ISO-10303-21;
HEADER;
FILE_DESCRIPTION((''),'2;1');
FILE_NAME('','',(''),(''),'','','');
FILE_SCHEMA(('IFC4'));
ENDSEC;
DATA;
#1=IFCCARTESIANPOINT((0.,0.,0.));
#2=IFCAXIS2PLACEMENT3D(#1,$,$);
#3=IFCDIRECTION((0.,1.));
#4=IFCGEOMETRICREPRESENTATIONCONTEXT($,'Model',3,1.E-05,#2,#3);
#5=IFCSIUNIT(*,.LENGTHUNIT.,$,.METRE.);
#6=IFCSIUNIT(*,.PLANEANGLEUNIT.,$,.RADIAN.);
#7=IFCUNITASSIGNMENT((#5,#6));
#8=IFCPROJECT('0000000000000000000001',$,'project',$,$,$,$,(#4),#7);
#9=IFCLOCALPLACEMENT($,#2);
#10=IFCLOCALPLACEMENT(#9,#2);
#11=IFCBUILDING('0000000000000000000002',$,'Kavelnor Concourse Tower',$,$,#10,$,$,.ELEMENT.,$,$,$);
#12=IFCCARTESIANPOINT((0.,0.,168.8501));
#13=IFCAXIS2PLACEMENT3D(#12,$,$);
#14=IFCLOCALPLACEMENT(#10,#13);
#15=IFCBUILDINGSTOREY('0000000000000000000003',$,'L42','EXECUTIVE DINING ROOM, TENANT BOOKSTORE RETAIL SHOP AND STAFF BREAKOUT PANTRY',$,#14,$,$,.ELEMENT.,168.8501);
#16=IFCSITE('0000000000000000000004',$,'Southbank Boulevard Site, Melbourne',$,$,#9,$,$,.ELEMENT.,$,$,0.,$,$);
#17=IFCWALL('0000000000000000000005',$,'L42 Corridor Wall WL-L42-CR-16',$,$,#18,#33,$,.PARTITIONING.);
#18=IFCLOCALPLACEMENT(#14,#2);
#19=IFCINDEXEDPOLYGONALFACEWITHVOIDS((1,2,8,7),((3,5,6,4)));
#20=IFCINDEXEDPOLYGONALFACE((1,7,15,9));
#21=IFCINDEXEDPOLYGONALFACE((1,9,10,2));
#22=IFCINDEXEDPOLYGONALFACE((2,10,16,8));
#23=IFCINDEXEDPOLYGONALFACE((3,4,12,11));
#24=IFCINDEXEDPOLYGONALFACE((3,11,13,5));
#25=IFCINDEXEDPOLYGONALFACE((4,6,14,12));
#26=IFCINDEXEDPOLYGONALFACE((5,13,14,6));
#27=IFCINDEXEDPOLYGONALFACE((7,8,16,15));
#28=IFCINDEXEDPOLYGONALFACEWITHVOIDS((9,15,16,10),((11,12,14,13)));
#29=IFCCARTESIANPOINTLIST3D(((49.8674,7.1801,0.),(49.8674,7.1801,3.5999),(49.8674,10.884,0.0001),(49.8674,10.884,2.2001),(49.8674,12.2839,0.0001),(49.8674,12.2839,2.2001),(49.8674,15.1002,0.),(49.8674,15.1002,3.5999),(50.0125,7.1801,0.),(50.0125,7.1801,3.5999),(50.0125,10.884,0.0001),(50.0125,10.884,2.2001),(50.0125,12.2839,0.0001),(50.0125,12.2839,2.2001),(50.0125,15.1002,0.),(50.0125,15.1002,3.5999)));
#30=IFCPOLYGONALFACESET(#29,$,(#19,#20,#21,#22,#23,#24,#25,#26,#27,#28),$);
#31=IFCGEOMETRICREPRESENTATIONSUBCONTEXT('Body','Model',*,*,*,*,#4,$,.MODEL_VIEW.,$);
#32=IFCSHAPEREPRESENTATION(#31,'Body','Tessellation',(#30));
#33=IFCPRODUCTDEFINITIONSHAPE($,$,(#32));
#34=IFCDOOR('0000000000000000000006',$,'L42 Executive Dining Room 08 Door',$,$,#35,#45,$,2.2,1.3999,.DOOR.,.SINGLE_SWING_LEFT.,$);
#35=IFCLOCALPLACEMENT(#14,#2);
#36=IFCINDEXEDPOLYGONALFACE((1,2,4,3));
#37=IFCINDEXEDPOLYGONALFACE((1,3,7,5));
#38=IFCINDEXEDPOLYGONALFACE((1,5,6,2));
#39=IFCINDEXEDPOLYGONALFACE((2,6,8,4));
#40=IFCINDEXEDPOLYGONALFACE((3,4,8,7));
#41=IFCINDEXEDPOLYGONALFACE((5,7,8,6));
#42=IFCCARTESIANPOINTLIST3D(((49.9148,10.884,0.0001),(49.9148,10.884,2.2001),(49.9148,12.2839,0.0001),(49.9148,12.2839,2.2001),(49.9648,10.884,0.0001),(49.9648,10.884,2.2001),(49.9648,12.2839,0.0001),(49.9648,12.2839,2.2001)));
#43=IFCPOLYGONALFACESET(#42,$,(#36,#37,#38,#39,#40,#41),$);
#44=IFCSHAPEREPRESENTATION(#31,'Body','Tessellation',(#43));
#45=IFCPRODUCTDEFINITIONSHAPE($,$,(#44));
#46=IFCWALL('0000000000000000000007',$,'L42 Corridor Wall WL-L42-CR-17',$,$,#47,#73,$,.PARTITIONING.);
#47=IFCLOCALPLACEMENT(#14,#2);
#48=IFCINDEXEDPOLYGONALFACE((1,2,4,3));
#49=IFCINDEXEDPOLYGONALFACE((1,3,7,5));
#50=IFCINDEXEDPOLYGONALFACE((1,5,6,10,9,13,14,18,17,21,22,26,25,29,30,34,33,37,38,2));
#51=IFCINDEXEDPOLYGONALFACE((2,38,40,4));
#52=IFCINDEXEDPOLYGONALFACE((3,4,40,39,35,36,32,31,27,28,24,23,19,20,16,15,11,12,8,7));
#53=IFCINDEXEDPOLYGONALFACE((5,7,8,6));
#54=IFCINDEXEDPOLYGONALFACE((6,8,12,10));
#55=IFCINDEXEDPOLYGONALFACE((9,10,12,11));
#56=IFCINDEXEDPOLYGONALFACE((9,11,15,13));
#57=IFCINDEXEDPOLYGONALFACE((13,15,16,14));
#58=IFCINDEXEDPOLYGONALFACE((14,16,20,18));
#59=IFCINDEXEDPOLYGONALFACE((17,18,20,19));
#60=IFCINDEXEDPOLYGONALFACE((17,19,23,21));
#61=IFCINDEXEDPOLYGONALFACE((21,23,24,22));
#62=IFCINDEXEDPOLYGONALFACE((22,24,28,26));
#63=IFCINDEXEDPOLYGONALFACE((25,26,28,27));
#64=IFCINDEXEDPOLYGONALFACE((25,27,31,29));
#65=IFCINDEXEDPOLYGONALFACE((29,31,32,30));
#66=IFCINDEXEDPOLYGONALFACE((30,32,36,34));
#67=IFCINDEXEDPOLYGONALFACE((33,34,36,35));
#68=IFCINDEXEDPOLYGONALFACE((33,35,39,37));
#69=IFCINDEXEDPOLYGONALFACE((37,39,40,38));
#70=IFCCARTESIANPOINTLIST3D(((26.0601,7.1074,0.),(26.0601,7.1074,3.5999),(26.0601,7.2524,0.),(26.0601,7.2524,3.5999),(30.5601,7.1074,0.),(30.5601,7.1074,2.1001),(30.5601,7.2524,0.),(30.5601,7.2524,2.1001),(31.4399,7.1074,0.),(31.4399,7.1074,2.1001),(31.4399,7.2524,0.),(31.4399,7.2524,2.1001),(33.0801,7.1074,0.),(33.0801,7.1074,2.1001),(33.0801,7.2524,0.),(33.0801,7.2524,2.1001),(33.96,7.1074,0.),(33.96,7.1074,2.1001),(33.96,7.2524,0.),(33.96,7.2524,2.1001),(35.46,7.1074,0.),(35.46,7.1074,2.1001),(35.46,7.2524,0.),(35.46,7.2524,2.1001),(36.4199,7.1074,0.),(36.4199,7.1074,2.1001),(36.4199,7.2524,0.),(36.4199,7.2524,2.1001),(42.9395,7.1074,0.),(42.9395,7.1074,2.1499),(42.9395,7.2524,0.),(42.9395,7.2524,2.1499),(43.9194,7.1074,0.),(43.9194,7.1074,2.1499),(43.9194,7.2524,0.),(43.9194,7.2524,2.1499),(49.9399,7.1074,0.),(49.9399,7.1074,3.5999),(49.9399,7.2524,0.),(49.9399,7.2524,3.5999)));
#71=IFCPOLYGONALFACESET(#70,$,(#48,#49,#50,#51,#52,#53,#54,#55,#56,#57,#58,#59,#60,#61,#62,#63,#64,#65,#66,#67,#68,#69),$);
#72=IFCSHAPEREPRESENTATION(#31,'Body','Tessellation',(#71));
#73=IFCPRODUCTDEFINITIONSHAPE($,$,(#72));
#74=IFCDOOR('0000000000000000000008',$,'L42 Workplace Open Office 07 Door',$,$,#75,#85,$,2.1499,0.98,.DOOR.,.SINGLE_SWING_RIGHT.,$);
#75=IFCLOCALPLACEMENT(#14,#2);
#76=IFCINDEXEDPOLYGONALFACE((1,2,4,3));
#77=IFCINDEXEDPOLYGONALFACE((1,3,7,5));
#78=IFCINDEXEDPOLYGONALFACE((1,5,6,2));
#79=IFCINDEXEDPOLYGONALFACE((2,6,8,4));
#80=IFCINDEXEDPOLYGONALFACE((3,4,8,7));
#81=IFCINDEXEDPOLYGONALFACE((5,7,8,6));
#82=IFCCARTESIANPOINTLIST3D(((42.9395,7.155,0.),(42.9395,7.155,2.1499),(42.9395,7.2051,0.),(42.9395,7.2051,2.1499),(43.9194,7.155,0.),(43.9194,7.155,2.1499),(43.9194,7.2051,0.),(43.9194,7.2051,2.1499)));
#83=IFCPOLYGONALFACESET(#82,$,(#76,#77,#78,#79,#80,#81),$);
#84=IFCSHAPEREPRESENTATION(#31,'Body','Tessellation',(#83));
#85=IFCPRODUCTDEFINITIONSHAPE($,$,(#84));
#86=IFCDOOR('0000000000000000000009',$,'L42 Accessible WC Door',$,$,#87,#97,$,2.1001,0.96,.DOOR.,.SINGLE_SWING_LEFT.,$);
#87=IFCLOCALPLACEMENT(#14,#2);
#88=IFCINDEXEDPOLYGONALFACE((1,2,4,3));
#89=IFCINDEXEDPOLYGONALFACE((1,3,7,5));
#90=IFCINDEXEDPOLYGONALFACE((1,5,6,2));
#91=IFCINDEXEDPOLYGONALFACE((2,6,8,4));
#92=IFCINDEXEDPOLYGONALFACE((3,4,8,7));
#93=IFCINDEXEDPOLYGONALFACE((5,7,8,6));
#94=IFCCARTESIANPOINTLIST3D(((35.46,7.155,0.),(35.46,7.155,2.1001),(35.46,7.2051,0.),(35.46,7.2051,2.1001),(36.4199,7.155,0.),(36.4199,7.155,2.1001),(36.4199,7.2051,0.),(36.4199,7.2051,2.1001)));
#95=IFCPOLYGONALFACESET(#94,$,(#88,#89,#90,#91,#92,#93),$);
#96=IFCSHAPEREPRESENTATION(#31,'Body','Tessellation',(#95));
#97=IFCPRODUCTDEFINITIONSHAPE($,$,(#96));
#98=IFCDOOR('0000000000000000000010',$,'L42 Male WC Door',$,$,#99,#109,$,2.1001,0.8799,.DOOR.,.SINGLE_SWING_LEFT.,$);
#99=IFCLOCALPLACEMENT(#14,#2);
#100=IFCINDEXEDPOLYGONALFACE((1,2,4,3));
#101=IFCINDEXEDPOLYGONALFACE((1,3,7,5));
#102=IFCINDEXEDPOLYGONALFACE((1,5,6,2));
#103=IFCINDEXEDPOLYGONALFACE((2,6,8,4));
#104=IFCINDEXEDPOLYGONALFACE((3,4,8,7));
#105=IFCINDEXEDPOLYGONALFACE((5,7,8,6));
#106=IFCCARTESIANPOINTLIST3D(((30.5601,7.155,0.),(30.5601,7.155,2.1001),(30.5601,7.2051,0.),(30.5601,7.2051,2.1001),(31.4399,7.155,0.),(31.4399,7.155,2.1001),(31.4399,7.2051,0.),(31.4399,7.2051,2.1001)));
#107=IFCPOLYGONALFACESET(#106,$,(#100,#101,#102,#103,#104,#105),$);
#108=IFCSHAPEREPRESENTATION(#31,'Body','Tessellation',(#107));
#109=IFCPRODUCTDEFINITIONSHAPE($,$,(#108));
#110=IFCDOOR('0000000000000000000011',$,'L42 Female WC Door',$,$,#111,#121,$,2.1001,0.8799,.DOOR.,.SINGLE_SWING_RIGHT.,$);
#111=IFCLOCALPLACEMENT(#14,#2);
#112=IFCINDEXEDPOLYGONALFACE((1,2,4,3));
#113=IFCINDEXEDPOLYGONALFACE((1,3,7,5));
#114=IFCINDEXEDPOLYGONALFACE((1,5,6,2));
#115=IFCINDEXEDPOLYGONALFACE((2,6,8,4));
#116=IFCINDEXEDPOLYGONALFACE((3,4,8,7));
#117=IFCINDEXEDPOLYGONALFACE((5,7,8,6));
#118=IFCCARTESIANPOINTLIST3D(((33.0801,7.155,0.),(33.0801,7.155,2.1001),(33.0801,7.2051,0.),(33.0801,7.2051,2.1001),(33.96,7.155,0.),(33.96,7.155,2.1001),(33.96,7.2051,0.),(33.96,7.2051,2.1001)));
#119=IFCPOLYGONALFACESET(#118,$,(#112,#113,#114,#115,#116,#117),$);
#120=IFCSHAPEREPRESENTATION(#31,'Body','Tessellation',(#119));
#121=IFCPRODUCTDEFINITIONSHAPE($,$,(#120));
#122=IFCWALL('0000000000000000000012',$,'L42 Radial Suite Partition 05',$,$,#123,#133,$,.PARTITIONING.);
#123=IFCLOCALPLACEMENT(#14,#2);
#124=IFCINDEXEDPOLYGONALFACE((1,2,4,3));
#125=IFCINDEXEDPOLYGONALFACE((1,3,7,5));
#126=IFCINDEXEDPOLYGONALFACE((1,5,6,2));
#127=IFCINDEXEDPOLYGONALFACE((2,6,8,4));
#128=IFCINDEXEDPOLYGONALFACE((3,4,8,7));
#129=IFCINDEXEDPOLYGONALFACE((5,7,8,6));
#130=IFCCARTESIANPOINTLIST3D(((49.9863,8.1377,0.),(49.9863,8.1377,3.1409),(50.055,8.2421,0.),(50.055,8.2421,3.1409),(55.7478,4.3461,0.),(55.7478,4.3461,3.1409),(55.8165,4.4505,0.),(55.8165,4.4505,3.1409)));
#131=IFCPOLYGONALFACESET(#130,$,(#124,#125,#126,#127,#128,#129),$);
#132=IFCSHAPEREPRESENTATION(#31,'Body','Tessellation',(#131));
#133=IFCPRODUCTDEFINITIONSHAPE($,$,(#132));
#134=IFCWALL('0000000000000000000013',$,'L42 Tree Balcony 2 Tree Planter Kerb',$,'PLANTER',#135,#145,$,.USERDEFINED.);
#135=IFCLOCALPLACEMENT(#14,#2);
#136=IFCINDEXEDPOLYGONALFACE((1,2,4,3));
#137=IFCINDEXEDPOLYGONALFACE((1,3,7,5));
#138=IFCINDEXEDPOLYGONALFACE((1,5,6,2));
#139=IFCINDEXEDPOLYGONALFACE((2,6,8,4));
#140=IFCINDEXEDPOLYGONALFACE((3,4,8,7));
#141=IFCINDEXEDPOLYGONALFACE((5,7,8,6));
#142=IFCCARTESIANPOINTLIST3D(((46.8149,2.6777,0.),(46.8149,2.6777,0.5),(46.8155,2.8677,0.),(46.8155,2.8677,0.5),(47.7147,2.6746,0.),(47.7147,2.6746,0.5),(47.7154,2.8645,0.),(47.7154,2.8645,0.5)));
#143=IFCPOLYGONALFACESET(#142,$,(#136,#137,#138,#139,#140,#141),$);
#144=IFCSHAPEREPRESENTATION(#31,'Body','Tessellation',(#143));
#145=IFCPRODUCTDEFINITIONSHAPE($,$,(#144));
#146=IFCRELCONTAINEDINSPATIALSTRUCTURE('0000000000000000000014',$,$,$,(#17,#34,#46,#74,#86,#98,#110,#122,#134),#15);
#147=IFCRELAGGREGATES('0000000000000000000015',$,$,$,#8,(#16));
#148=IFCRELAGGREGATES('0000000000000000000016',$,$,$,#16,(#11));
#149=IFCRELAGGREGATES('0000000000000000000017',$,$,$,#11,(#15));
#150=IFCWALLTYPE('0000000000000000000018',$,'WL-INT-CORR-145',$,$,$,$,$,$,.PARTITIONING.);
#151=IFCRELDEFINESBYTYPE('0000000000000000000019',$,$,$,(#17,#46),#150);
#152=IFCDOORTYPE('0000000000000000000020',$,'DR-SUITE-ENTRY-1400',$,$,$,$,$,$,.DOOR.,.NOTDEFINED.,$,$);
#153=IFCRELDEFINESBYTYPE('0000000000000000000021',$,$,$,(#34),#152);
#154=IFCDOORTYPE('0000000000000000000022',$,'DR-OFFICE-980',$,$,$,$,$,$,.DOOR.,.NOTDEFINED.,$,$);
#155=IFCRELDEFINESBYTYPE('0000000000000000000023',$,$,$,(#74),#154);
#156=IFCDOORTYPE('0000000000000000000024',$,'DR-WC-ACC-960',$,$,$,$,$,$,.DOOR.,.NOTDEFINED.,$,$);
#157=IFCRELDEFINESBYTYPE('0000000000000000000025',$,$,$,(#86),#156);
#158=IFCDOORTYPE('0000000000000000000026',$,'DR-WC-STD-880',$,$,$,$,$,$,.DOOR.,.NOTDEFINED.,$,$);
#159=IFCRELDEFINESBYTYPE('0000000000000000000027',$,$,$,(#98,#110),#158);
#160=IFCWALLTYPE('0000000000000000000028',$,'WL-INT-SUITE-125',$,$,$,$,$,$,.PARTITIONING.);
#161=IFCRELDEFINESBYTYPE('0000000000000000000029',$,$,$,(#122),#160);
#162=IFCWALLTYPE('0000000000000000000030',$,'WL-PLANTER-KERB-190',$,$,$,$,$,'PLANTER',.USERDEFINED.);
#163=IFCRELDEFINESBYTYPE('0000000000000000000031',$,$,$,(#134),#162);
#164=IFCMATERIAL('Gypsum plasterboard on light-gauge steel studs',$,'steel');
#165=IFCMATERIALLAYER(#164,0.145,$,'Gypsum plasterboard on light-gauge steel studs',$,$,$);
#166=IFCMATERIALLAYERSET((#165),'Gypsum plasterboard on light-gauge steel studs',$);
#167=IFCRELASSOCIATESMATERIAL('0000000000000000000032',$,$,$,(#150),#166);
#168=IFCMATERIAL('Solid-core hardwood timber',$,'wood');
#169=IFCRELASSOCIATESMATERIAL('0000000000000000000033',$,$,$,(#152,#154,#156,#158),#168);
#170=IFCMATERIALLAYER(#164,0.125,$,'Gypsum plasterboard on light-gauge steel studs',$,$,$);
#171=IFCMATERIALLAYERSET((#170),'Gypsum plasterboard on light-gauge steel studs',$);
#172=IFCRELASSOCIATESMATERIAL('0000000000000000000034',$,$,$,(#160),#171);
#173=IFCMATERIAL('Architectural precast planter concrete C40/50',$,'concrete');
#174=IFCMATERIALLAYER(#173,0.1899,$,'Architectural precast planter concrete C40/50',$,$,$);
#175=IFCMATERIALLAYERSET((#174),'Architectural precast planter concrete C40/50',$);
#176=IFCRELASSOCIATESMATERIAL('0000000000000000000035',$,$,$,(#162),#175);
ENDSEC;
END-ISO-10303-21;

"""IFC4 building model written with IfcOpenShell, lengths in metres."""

from ifc_helpers import new_model, si_unit, direction, frame, frame_2d, origin, place, context, subcontext, project, spatial, rectangle, extrude, material, layer, layer_set, type_object, element, fill, save


model = new_model("IFC4")

# Units and contexts
model_context = context("Model", 3, precision=1e-05, world=origin(), true_north=direction((0.0, 1.0)))
body_context = subcontext(model_context, "Body", "Model", "MODEL_VIEW")
ifc_project = project(units=[si_unit("LENGTHUNIT", "METRE"), si_unit("PLANEANGLEUNIT", "RADIAN")], contexts=[model_context])

# Site, building, storey
site_placement = place(None, origin())
site = spatial("IfcSite", under=ifc_project, at=site_placement, Name="Southbank Boulevard Site, Melbourne", CompositionType="ELEMENT", RefElevation=0.0)
building_placement = place(site_placement, origin())
building = spatial("IfcBuilding", under=site, at=building_placement, Name="Kavelnor Concourse Tower", CompositionType="ELEMENT")
storey_placement = place(building_placement, frame((0.0, 0.0, 168.8501)))
storey = spatial("IfcBuildingStorey", under=building, at=storey_placement, Name="L42", Description="EXECUTIVE DINING ROOM, TENANT BOOKSTORE RETAIL SHOP AND STAFF BREAKOUT PANTRY", CompositionType="ELEMENT", Elevation=168.8501)

# Wall, opening, door
ifc_material_1 = material(Name="Gypsum plasterboard on light-gauge steel studs", Category="steel")
ifc_layer_1 = layer(ifc_material_1, 0.145, Name="Gypsum plasterboard on light-gauge steel studs")
ifc_layer_set_1 = layer_set([ifc_layer_1], Name="Gypsum plasterboard on light-gauge steel studs")
wall_type_1 = type_object("IfcWallType", Name="WL-INT-CORR-145", PredefinedType="PARTITIONING", material=ifc_layer_set_1)
wall_1_placement = place(storey_placement, frame((49.9399, 15.1001, 0.0), z_axis=(0.0, 0.0, 1.0), x_axis=(0.0, -1.0, 0.0)))
wall_1 = element("IfcWall", 1, at=wall_1_placement, inside=storey, type_object=wall_type_1, Name="L42 Corridor Wall WL-L42-CR-16", PredefinedType="PARTITIONING", context=body_context, shape_type="SweptSolid", body=[
    extrude(rectangle(XDim=7.9202, YDim=0.145, at=frame_2d((3.96, 0.0))), origin(), (0.0, 0.0, 1.0), 3.5999),
])
opening_1_placement = place(wall_1_placement, frame((2.8162, 0.0, 0.0)))
opening_1 = element("IfcOpeningElement", 2, at=opening_1_placement, cuts=wall_1, PredefinedType="OPENING", context=body_context, shape_type="SweptSolid", body=[
    extrude(rectangle(XDim=1.3999, YDim=2.2, at=frame_2d((0.7, 1.1001))), frame((0.0, 0.0825, 0.0), z_axis=(0.0, -1.0, 0.0), x_axis=(1.0, 0.0, 0.0)), (0.0, 0.0, 1.0), 0.165),
])
ifc_material_2 = material(Name="Solid-core hardwood timber", Category="wood")
door_type_1 = type_object("IfcDoorType", Name="DR-SUITE-ENTRY-1400", OperationType="NOTDEFINED", PredefinedType="DOOR", material=ifc_material_2)
door_1_placement = place(opening_1_placement, origin())
door_1 = element("IfcDoor", 3, at=door_1_placement, inside=storey, type_object=door_type_1, Name="L42 Executive Dining Room 08 Door", OperationType="SINGLE_SWING_LEFT", OverallHeight=2.2, OverallWidth=1.3999, PredefinedType="DOOR", context=body_context, shape_type="SweptSolid", body=[
    extrude(rectangle(XDim=1.3999, YDim=2.2, at=frame_2d((0.7, 1.1001))), frame((0.0, 0.0249, 0.0), z_axis=(0.0, -1.0, 0.0), x_axis=(1.0, 0.0, 0.0)), (0.0, 0.0, 1.0), 0.05),
])
fill(opening_1, door_1)

# Wall, openings, doors
wall_2_placement = place(storey_placement, frame((49.9399, 7.1799, 0.0), z_axis=(0.0, 0.0, 1.0), x_axis=(-1.0, 0.0, 0.0)))
wall_2 = element("IfcWall", 4, at=wall_2_placement, inside=storey, type_object=wall_type_1, Name="L42 Corridor Wall WL-L42-CR-17", PredefinedType="PARTITIONING", context=body_context, shape_type="SweptSolid", body=[
    extrude(rectangle(XDim=23.8799, YDim=0.145, at=frame_2d((11.9399, 0.0))), origin(), (0.0, 0.0, 1.0), 3.5999),
])
opening_2_placement = place(wall_2_placement, frame((18.5, 0.0, 0.0)))
opening_2 = element("IfcOpeningElement", 5, at=opening_2_placement, cuts=wall_2, PredefinedType="OPENING", context=body_context, shape_type="SweptSolid", body=[
    extrude(rectangle(XDim=0.8799, YDim=2.1001, at=frame_2d((0.4399, 1.05))), frame((0.0, 0.0825, 0.0), z_axis=(0.0, -1.0, 0.0), x_axis=(1.0, 0.0, 0.0)), (0.0, 0.0, 1.0), 0.165),
])
opening_3_placement = place(wall_2_placement, frame((15.98, 0.0, 0.0)))
opening_3 = element("IfcOpeningElement", 6, at=opening_3_placement, cuts=wall_2, PredefinedType="OPENING", context=body_context, shape_type="SweptSolid", body=[
    extrude(rectangle(XDim=0.8799, YDim=2.1001, at=frame_2d((0.4399, 1.05))), frame((0.0, 0.0825, 0.0), z_axis=(0.0, -1.0, 0.0), x_axis=(1.0, 0.0, 0.0)), (0.0, 0.0, 1.0), 0.165),
])
opening_4_placement = place(wall_2_placement, frame((13.52, 0.0, 0.0)))
opening_4 = element("IfcOpeningElement", 7, at=opening_4_placement, cuts=wall_2, PredefinedType="OPENING", context=body_context, shape_type="SweptSolid", body=[
    extrude(rectangle(XDim=0.96, YDim=2.1001, at=frame_2d((0.48, 1.05))), frame((0.0, 0.0825, 0.0), z_axis=(0.0, -1.0, 0.0), x_axis=(1.0, 0.0, 0.0)), (0.0, 0.0, 1.0), 0.165),
])
opening_5_placement = place(wall_2_placement, frame((6.0205, 0.0, 0.0)))
opening_5 = element("IfcOpeningElement", 8, at=opening_5_placement, cuts=wall_2, PredefinedType="OPENING", context=body_context, shape_type="SweptSolid", body=[
    extrude(rectangle(XDim=0.98, YDim=2.1499, at=frame_2d((0.49, 1.075))), frame((0.0, 0.0825, 0.0), z_axis=(0.0, -1.0, 0.0), x_axis=(1.0, 0.0, 0.0)), (0.0, 0.0, 1.0), 0.165),
])
door_type_2 = type_object("IfcDoorType", Name="DR-OFFICE-980", OperationType="NOTDEFINED", PredefinedType="DOOR", material=ifc_material_2)
door_2_placement = place(opening_5_placement, origin())
door_2 = element("IfcDoor", 9, at=door_2_placement, inside=storey, type_object=door_type_2, Name="L42 Workplace Open Office 07 Door", OperationType="SINGLE_SWING_RIGHT", OverallHeight=2.1499, OverallWidth=0.98, PredefinedType="DOOR", context=body_context, shape_type="SweptSolid", body=[
    extrude(rectangle(XDim=0.98, YDim=2.1499, at=frame_2d((0.49, 1.075))), frame((0.0, 0.0249, 0.0), z_axis=(0.0, -1.0, 0.0), x_axis=(1.0, 0.0, 0.0)), (0.0, 0.0, 1.0), 0.05),
])
fill(opening_5, door_2)
door_type_3 = type_object("IfcDoorType", Name="DR-WC-ACC-960", OperationType="NOTDEFINED", PredefinedType="DOOR", material=ifc_material_2)
door_3_placement = place(opening_4_placement, origin())
door_3 = element("IfcDoor", 10, at=door_3_placement, inside=storey, type_object=door_type_3, Name="L42 Accessible WC Door", OperationType="SINGLE_SWING_LEFT", OverallHeight=2.1001, OverallWidth=0.96, PredefinedType="DOOR", context=body_context, shape_type="SweptSolid", body=[
    extrude(rectangle(XDim=0.96, YDim=2.1001, at=frame_2d((0.48, 1.05))), frame((0.0, 0.0249, 0.0), z_axis=(0.0, -1.0, 0.0), x_axis=(1.0, 0.0, 0.0)), (0.0, 0.0, 1.0), 0.05),
])
fill(opening_4, door_3)
door_type_4 = type_object("IfcDoorType", Name="DR-WC-STD-880", OperationType="NOTDEFINED", PredefinedType="DOOR", material=ifc_material_2)
door_4_placement = place(opening_2_placement, origin())
door_4 = element("IfcDoor", 11, at=door_4_placement, inside=storey, type_object=door_type_4, Name="L42 Male WC Door", OperationType="SINGLE_SWING_LEFT", OverallHeight=2.1001, OverallWidth=0.8799, PredefinedType="DOOR", context=body_context, shape_type="SweptSolid", body=[
    extrude(rectangle(XDim=0.8799, YDim=2.1001, at=frame_2d((0.4399, 1.05))), frame((0.0, 0.0249, 0.0), z_axis=(0.0, -1.0, 0.0), x_axis=(1.0, 0.0, 0.0)), (0.0, 0.0, 1.0), 0.05),
])
fill(opening_2, door_4)
door_5_placement = place(opening_3_placement, origin())
door_5 = element("IfcDoor", 12, at=door_5_placement, inside=storey, type_object=door_type_4, Name="L42 Female WC Door", OperationType="SINGLE_SWING_RIGHT", OverallHeight=2.1001, OverallWidth=0.8799, PredefinedType="DOOR", context=body_context, shape_type="SweptSolid", body=[
    extrude(rectangle(XDim=0.8799, YDim=2.1001, at=frame_2d((0.4399, 1.05))), frame((0.0, 0.0249, 0.0), z_axis=(0.0, -1.0, 0.0), x_axis=(1.0, 0.0, 0.0)), (0.0, 0.0, 1.0), 0.05),
])
fill(opening_3, door_5)

# Walls
ifc_layer_2 = layer(ifc_material_1, 0.125, Name="Gypsum plasterboard on light-gauge steel studs")
ifc_layer_set_2 = layer_set([ifc_layer_2], Name="Gypsum plasterboard on light-gauge steel studs")
wall_type_2 = type_object("IfcWallType", Name="WL-INT-SUITE-125", PredefinedType="PARTITIONING", material=ifc_layer_set_2)
wall_3_placement = place(storey_placement, frame((50.0205, 8.1899, 0.0), z_axis=(0.0, 0.0, 1.0), x_axis=(0.835347, -0.549724, 0.0)))
element("IfcWall", 13, at=wall_3_placement, inside=storey, type_object=wall_type_2, Name="L42 Radial Suite Partition 05", PredefinedType="PARTITIONING", context=body_context, shape_type="SweptSolid", body=[
    extrude(rectangle(XDim=6.8972, YDim=0.125, at=frame_2d((3.4487, 0.0))), origin(), (0.0, 0.0, 1.0), 3.1409),
])
ifc_material_3 = material(Name="Architectural precast planter concrete C40/50", Category="concrete")
ifc_layer_3 = layer(ifc_material_3, 0.1899, Name="Architectural precast planter concrete C40/50")
ifc_layer_set_3 = layer_set([ifc_layer_3], Name="Architectural precast planter concrete C40/50")
wall_type_3 = type_object("IfcWallType", Name="WL-PLANTER-KERB-190", ElementType="PLANTER", PredefinedType="USERDEFINED", material=ifc_layer_set_3)
wall_4_placement = place(storey_placement, frame((46.8152, 2.7727, 0.0), z_axis=(0.0, 0.0, 1.0), x_axis=(0.999994, -0.003527, 0.0)))
element("IfcWall", 14, at=wall_4_placement, inside=storey, type_object=wall_type_3, Name="L42 Tree Balcony 2 Tree Planter Kerb", ObjectType="PLANTER", PredefinedType="USERDEFINED", context=body_context, shape_type="SweptSolid", body=[
    extrude(rectangle(XDim=0.8999, YDim=0.1899, at=frame_2d((0.45, 0.0))), origin(), (0.0, 0.0, 1.0), 0.5),
])

save(model, "model.ifc")
